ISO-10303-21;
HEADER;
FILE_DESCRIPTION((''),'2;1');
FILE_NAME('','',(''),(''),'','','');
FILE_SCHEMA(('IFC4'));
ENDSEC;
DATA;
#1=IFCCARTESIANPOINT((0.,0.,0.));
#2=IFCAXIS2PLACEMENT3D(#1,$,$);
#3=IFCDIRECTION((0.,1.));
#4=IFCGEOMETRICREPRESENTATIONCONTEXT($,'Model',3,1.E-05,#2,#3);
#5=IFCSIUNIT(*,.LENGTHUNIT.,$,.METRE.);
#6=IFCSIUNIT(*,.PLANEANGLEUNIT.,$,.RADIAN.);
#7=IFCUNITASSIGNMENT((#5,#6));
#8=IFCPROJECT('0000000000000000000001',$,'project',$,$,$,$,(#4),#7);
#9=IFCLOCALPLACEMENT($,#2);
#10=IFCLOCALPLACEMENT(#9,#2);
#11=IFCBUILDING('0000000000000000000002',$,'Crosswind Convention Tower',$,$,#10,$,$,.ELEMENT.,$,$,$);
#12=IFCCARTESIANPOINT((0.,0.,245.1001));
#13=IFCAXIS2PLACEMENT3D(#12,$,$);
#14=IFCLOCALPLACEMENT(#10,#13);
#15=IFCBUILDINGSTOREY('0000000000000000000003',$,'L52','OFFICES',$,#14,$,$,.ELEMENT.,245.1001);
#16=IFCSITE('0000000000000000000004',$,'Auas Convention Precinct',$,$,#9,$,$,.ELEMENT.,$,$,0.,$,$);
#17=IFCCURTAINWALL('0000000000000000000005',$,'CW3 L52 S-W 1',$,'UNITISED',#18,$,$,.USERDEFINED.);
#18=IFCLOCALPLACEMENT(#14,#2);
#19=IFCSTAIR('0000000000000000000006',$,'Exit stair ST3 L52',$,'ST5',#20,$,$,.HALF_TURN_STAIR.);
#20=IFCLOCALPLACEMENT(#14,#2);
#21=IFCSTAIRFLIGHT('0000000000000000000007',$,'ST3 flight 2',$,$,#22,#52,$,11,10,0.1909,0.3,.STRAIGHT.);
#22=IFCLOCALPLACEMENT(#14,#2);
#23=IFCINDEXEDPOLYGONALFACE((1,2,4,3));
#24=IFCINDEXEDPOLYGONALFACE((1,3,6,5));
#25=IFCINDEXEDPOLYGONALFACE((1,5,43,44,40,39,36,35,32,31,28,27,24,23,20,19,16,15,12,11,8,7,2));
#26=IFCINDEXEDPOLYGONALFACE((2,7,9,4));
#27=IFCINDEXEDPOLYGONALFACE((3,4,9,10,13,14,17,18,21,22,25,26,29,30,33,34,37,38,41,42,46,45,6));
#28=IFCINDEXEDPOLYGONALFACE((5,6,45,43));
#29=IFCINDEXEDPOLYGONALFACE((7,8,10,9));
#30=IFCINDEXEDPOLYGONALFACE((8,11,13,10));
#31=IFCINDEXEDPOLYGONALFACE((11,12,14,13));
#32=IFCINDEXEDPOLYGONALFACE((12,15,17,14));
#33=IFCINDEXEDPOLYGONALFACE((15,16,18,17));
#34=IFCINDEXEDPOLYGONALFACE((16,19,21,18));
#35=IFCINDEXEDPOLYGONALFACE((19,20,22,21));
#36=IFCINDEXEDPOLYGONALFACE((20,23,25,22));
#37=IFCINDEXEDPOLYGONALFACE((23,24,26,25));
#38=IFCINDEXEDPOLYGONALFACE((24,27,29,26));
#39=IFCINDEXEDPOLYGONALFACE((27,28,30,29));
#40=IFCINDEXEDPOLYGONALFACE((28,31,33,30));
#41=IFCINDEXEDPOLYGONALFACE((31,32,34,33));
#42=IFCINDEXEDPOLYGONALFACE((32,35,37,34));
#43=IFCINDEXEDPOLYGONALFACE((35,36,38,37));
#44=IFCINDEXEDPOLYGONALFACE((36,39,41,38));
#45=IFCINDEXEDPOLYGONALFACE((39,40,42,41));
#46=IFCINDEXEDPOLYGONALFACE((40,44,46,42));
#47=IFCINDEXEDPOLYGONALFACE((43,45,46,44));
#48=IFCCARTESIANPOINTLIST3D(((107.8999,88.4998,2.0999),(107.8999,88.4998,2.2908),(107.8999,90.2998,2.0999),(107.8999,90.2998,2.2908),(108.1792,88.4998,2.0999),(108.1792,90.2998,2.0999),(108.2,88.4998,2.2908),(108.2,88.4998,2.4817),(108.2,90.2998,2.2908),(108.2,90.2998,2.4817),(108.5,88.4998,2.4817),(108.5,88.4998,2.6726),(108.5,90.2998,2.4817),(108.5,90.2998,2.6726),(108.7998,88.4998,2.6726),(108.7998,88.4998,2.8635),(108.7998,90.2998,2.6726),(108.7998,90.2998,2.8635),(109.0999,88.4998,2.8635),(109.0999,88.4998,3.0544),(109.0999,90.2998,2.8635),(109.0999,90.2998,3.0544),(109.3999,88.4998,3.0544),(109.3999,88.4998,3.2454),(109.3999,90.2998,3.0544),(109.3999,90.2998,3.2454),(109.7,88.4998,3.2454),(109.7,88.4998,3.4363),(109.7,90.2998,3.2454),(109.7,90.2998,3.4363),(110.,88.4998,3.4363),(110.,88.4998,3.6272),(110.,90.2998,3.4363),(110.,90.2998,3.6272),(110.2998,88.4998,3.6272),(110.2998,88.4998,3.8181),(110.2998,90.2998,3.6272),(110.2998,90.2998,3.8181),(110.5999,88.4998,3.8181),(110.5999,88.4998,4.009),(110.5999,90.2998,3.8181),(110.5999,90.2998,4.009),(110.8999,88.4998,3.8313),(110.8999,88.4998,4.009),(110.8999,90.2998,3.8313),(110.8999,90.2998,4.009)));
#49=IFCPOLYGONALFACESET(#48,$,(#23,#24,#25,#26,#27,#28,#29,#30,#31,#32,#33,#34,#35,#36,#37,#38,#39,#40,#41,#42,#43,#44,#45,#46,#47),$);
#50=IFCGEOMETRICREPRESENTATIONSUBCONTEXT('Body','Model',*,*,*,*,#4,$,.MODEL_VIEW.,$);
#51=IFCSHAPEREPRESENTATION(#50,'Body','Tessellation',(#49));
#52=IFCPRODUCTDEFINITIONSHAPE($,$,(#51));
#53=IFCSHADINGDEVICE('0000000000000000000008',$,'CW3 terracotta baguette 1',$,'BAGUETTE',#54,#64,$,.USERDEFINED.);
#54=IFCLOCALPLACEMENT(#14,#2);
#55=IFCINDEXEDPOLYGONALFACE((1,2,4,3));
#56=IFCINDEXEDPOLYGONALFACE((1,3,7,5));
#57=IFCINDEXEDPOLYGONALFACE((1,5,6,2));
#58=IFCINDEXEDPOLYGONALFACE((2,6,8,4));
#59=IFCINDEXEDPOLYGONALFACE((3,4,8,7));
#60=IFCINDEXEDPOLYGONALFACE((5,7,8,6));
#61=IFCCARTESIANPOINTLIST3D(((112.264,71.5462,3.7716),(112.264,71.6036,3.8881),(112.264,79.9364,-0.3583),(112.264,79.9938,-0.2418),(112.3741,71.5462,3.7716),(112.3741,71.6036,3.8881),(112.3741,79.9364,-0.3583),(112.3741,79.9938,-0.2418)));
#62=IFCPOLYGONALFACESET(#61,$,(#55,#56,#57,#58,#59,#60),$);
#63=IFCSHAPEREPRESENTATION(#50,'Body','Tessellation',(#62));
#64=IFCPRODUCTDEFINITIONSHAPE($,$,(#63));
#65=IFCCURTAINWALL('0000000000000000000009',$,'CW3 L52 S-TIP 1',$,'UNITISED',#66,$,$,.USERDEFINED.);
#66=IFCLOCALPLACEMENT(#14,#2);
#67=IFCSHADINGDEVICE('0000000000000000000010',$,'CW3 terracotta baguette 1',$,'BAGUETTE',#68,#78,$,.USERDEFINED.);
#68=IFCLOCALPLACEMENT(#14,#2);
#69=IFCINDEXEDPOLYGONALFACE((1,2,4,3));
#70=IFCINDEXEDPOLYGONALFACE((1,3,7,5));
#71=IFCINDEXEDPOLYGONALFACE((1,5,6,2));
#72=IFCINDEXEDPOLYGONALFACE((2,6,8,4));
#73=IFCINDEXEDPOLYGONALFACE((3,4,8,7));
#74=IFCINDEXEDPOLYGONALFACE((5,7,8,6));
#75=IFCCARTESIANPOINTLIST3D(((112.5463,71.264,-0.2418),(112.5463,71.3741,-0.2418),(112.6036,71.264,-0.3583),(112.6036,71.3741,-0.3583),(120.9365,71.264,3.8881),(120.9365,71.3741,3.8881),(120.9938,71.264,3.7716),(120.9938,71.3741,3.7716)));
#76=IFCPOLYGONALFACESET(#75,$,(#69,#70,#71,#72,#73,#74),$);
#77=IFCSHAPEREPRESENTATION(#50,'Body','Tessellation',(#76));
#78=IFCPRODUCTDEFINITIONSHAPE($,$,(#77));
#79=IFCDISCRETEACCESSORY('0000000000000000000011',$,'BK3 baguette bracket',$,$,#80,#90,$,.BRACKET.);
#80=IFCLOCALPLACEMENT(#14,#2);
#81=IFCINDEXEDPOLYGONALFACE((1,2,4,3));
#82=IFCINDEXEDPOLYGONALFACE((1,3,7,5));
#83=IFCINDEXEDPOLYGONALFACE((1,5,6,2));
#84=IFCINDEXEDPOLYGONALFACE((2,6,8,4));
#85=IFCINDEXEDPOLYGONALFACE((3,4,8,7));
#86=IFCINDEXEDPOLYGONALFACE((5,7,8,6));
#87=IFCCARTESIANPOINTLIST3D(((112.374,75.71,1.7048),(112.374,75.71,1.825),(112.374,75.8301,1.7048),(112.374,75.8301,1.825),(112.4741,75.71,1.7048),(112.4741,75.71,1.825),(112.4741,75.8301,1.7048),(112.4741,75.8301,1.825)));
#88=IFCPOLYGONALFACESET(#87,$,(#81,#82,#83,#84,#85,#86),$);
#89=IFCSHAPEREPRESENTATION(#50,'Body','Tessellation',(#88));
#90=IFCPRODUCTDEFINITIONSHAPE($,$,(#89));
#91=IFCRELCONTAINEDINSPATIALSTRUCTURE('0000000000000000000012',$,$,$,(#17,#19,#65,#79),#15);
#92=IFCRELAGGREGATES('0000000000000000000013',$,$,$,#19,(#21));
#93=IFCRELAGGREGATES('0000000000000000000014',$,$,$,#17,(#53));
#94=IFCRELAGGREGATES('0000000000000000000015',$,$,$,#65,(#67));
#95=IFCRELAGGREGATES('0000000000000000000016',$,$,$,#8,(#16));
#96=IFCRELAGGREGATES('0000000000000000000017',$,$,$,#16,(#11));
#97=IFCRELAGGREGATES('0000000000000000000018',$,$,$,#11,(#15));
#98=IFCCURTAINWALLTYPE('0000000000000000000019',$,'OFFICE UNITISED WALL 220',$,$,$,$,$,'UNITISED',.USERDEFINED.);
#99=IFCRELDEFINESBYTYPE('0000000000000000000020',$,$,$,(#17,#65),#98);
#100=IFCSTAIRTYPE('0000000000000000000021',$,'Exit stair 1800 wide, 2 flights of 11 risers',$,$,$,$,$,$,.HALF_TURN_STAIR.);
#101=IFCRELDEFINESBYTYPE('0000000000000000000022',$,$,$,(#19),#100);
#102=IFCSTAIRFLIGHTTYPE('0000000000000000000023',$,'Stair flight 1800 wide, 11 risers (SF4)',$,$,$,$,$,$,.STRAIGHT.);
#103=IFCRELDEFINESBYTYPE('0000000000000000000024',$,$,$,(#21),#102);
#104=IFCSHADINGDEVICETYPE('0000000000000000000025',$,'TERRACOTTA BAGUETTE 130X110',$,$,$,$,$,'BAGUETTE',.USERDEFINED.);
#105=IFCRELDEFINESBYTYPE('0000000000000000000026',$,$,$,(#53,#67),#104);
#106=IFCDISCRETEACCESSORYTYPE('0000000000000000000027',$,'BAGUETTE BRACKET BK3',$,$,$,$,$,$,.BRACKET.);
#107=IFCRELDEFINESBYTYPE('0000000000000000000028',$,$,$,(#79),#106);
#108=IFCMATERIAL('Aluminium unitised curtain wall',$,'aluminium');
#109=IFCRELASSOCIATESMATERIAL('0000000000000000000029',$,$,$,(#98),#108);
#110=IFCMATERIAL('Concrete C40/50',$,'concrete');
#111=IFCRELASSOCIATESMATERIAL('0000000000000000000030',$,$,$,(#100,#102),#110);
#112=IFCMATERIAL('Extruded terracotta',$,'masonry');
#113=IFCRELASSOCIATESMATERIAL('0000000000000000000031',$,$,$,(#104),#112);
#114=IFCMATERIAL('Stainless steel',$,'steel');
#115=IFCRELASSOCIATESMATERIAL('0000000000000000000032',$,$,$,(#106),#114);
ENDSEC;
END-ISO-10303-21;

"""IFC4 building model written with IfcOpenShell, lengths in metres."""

from ifc_helpers import new_model, si_unit, direction, frame, origin, origin_2d, place, context, subcontext, project, spatial, polyline, rectangle, outline, extrude, material, material_profile, profile_set, type_object, element, aggregate, save


model = new_model("IFC4")

# Units and contexts
model_context = context("Model", 3, precision=1e-05, world=origin(), true_north=direction((0.0, 1.0)))
body_context = subcontext(model_context, "Body", "Model", "MODEL_VIEW")
ifc_project = project(units=[si_unit("LENGTHUNIT", "METRE"), si_unit("PLANEANGLEUNIT", "RADIAN")], contexts=[model_context])

# Site, building, storey
site_placement = place(None, origin())
site = spatial("IfcSite", under=ifc_project, at=site_placement, Name="Auas Convention Precinct", CompositionType="ELEMENT", RefElevation=0.0)
building_placement = place(site_placement, origin())
building = spatial("IfcBuilding", under=site, at=building_placement, Name="Crosswind Convention Tower", CompositionType="ELEMENT")
storey_placement = place(building_placement, frame((0.0, 0.0, 245.1001)))
storey = spatial("IfcBuildingStorey", under=building, at=storey_placement, Name="L52", Description="OFFICES", CompositionType="ELEMENT", Elevation=245.1001)

# Curtain wall
ifc_material_1 = material(Name="Aluminium unitised curtain wall", Category="aluminium")
curtain_wall_type = type_object("IfcCurtainWallType", Name="OFFICE UNITISED WALL 220", ElementType="UNITISED", PredefinedType="USERDEFINED", material=ifc_material_1)
curtain_wall_1_placement = place(storey_placement, origin())
curtain_wall_1 = element("IfcCurtainWall", 1, at=curtain_wall_1_placement, inside=storey, type_object=curtain_wall_type, Name="CW3 L52 S-W 1", ObjectType="UNITISED", PredefinedType="USERDEFINED")

# Stair, stair flight
ifc_material_2 = material(Name="Concrete C40/50", Category="concrete")
stair_type = type_object("IfcStairType", Name="Exit stair 1800 wide, 2 flights of 11 risers", PredefinedType="HALF_TURN_STAIR", material=ifc_material_2)
stair_placement = place(storey_placement, origin())
stair = element("IfcStair", 2, at=stair_placement, inside=storey, type_object=stair_type, Name="Exit stair ST3 L52", ObjectType="ST5", PredefinedType="HALF_TURN_STAIR")
stair_flight_type = type_object("IfcStairFlightType", Name="Stair flight 1800 wide, 11 risers (SF4)", PredefinedType="STRAIGHT", material=ifc_material_2)
stair_flight_1_placement = place(storey_placement, frame((107.8999, 89.3999, 2.0999), z_axis=(0.0, 0.0, 1.0), x_axis=(1.0, 0.0, 0.0)))
stair_flight_1 = element("IfcStairFlight", 3, at=stair_flight_1_placement, type_object=stair_flight_type, Name="ST3 flight 2", NumberOfRisers=11, NumberOfTreads=10, PredefinedType="STRAIGHT", RiserHeight=0.1909, TreadLength=0.3, context=body_context, shape_type="SweptSolid", body=[
    extrude(outline(polyline([(0.0, 0.0), (0.0, 0.1909), (0.3, 0.1909), (0.3, 0.3818), (0.6001, 0.3818), (0.6001, 0.5728), (0.8999, 0.5728), (0.8999, 0.7637), (1.2, 0.7637), (1.2, 0.9546), (1.5, 0.9546), (1.5, 1.1455), (1.8, 1.1455), (1.8, 1.3364), (2.1001, 1.3364), (2.1001, 1.5273), (2.3999, 1.5273), (2.3999, 1.7183), (2.7, 1.7183), (2.7, 1.9092), (3.0, 1.9092), (3.0, 2.1001), (3.0, 1.7314), (0.2793, 0.0), (0.0, 0.0)])), frame((0.0, 0.8999, 0.0), z_axis=(0.0, -1.0, 0.0), x_axis=(1.0, 0.0, 0.0)), (0.0, 0.0, 1.0), 1.8),
])
aggregate(stair, [stair_flight_1])

# Shared definitions
ifc_material_3 = material(Name="Stainless steel", Category="steel")

# Shading device
ifc_material_4 = material(Name="Extruded terracotta", Category="masonry")
ifc_material_profile_1 = material_profile(ifc_material_4, rectangle(XDim=0.1101, YDim=0.1299, at=origin_2d()), Name="TC 110X130")
ifc_profile_set_1 = profile_set([ifc_material_profile_1], Name="Extruded terracotta")
shading_device_type = type_object("IfcShadingDeviceType", Name="TERRACOTTA BAGUETTE 130X110", ElementType="BAGUETTE", PredefinedType="USERDEFINED", material=ifc_profile_set_1)
shading_device_1_placement = place(storey_placement, frame((112.3191, 79.9651, -0.3), z_axis=(0.0, -0.897198, 0.441628), x_axis=(1.0, 0.0, 0.0)))
shading_device_1 = element("IfcShadingDevice", 4, at=shading_device_1_placement, type_object=shading_device_type, Name="CW3 terracotta baguette 1", ObjectType="BAGUETTE", PredefinedType="USERDEFINED", context=body_context, shape_type="SweptSolid", body=[
    extrude(rectangle(XDim=0.1101, YDim=0.1299, at=origin_2d()), origin(), (0.0, 0.0, 1.0), 9.3516),
])
aggregate(curtain_wall_1, [shading_device_1])

# Curtain wall, shading device
curtain_wall_2_placement = place(storey_placement, origin())
curtain_wall_2 = element("IfcCurtainWall", 5, at=curtain_wall_2_placement, inside=storey, type_object=curtain_wall_type, Name="CW3 L52 S-TIP 1", ObjectType="UNITISED", PredefinedType="USERDEFINED")
shading_device_2_placement = place(storey_placement, frame((112.575, 71.3191, -0.3), z_axis=(0.897198, 0.0, 0.441628), x_axis=(0.0, 1.0, 0.0)))
shading_device_2 = element("IfcShadingDevice", 6, at=shading_device_2_placement, type_object=shading_device_type, Name="CW3 terracotta baguette 1", ObjectType="BAGUETTE", PredefinedType="USERDEFINED", context=body_context, shape_type="SweptSolid", body=[
    extrude(rectangle(XDim=0.1101, YDim=0.1299, at=origin_2d()), origin(), (0.0, 0.0, 1.0), 9.3516),
])
aggregate(curtain_wall_2, [shading_device_2])

# Discrete accessory
discrete_accessory_type = type_object("IfcDiscreteAccessoryType", Name="BAGUETTE BRACKET BK3", PredefinedType="BRACKET", material=ifc_material_3)
discrete_accessory_placement = place(storey_placement, frame((112.4241, 75.77, 1.7048), z_axis=(0.0, 0.0, 1.0), x_axis=(0.0, -1.0, 0.0)))
element("IfcDiscreteAccessory", 7, at=discrete_accessory_placement, inside=storey, type_object=discrete_accessory_type, Name="BK3 baguette bracket", PredefinedType="BRACKET", context=body_context, shape_type="SweptSolid", body=[
    extrude(rectangle(XDim=0.1201, YDim=0.1001, at=origin_2d()), origin(), (0.0, 0.0, 1.0), 0.1201),
])

save(model, "model.ifc")
